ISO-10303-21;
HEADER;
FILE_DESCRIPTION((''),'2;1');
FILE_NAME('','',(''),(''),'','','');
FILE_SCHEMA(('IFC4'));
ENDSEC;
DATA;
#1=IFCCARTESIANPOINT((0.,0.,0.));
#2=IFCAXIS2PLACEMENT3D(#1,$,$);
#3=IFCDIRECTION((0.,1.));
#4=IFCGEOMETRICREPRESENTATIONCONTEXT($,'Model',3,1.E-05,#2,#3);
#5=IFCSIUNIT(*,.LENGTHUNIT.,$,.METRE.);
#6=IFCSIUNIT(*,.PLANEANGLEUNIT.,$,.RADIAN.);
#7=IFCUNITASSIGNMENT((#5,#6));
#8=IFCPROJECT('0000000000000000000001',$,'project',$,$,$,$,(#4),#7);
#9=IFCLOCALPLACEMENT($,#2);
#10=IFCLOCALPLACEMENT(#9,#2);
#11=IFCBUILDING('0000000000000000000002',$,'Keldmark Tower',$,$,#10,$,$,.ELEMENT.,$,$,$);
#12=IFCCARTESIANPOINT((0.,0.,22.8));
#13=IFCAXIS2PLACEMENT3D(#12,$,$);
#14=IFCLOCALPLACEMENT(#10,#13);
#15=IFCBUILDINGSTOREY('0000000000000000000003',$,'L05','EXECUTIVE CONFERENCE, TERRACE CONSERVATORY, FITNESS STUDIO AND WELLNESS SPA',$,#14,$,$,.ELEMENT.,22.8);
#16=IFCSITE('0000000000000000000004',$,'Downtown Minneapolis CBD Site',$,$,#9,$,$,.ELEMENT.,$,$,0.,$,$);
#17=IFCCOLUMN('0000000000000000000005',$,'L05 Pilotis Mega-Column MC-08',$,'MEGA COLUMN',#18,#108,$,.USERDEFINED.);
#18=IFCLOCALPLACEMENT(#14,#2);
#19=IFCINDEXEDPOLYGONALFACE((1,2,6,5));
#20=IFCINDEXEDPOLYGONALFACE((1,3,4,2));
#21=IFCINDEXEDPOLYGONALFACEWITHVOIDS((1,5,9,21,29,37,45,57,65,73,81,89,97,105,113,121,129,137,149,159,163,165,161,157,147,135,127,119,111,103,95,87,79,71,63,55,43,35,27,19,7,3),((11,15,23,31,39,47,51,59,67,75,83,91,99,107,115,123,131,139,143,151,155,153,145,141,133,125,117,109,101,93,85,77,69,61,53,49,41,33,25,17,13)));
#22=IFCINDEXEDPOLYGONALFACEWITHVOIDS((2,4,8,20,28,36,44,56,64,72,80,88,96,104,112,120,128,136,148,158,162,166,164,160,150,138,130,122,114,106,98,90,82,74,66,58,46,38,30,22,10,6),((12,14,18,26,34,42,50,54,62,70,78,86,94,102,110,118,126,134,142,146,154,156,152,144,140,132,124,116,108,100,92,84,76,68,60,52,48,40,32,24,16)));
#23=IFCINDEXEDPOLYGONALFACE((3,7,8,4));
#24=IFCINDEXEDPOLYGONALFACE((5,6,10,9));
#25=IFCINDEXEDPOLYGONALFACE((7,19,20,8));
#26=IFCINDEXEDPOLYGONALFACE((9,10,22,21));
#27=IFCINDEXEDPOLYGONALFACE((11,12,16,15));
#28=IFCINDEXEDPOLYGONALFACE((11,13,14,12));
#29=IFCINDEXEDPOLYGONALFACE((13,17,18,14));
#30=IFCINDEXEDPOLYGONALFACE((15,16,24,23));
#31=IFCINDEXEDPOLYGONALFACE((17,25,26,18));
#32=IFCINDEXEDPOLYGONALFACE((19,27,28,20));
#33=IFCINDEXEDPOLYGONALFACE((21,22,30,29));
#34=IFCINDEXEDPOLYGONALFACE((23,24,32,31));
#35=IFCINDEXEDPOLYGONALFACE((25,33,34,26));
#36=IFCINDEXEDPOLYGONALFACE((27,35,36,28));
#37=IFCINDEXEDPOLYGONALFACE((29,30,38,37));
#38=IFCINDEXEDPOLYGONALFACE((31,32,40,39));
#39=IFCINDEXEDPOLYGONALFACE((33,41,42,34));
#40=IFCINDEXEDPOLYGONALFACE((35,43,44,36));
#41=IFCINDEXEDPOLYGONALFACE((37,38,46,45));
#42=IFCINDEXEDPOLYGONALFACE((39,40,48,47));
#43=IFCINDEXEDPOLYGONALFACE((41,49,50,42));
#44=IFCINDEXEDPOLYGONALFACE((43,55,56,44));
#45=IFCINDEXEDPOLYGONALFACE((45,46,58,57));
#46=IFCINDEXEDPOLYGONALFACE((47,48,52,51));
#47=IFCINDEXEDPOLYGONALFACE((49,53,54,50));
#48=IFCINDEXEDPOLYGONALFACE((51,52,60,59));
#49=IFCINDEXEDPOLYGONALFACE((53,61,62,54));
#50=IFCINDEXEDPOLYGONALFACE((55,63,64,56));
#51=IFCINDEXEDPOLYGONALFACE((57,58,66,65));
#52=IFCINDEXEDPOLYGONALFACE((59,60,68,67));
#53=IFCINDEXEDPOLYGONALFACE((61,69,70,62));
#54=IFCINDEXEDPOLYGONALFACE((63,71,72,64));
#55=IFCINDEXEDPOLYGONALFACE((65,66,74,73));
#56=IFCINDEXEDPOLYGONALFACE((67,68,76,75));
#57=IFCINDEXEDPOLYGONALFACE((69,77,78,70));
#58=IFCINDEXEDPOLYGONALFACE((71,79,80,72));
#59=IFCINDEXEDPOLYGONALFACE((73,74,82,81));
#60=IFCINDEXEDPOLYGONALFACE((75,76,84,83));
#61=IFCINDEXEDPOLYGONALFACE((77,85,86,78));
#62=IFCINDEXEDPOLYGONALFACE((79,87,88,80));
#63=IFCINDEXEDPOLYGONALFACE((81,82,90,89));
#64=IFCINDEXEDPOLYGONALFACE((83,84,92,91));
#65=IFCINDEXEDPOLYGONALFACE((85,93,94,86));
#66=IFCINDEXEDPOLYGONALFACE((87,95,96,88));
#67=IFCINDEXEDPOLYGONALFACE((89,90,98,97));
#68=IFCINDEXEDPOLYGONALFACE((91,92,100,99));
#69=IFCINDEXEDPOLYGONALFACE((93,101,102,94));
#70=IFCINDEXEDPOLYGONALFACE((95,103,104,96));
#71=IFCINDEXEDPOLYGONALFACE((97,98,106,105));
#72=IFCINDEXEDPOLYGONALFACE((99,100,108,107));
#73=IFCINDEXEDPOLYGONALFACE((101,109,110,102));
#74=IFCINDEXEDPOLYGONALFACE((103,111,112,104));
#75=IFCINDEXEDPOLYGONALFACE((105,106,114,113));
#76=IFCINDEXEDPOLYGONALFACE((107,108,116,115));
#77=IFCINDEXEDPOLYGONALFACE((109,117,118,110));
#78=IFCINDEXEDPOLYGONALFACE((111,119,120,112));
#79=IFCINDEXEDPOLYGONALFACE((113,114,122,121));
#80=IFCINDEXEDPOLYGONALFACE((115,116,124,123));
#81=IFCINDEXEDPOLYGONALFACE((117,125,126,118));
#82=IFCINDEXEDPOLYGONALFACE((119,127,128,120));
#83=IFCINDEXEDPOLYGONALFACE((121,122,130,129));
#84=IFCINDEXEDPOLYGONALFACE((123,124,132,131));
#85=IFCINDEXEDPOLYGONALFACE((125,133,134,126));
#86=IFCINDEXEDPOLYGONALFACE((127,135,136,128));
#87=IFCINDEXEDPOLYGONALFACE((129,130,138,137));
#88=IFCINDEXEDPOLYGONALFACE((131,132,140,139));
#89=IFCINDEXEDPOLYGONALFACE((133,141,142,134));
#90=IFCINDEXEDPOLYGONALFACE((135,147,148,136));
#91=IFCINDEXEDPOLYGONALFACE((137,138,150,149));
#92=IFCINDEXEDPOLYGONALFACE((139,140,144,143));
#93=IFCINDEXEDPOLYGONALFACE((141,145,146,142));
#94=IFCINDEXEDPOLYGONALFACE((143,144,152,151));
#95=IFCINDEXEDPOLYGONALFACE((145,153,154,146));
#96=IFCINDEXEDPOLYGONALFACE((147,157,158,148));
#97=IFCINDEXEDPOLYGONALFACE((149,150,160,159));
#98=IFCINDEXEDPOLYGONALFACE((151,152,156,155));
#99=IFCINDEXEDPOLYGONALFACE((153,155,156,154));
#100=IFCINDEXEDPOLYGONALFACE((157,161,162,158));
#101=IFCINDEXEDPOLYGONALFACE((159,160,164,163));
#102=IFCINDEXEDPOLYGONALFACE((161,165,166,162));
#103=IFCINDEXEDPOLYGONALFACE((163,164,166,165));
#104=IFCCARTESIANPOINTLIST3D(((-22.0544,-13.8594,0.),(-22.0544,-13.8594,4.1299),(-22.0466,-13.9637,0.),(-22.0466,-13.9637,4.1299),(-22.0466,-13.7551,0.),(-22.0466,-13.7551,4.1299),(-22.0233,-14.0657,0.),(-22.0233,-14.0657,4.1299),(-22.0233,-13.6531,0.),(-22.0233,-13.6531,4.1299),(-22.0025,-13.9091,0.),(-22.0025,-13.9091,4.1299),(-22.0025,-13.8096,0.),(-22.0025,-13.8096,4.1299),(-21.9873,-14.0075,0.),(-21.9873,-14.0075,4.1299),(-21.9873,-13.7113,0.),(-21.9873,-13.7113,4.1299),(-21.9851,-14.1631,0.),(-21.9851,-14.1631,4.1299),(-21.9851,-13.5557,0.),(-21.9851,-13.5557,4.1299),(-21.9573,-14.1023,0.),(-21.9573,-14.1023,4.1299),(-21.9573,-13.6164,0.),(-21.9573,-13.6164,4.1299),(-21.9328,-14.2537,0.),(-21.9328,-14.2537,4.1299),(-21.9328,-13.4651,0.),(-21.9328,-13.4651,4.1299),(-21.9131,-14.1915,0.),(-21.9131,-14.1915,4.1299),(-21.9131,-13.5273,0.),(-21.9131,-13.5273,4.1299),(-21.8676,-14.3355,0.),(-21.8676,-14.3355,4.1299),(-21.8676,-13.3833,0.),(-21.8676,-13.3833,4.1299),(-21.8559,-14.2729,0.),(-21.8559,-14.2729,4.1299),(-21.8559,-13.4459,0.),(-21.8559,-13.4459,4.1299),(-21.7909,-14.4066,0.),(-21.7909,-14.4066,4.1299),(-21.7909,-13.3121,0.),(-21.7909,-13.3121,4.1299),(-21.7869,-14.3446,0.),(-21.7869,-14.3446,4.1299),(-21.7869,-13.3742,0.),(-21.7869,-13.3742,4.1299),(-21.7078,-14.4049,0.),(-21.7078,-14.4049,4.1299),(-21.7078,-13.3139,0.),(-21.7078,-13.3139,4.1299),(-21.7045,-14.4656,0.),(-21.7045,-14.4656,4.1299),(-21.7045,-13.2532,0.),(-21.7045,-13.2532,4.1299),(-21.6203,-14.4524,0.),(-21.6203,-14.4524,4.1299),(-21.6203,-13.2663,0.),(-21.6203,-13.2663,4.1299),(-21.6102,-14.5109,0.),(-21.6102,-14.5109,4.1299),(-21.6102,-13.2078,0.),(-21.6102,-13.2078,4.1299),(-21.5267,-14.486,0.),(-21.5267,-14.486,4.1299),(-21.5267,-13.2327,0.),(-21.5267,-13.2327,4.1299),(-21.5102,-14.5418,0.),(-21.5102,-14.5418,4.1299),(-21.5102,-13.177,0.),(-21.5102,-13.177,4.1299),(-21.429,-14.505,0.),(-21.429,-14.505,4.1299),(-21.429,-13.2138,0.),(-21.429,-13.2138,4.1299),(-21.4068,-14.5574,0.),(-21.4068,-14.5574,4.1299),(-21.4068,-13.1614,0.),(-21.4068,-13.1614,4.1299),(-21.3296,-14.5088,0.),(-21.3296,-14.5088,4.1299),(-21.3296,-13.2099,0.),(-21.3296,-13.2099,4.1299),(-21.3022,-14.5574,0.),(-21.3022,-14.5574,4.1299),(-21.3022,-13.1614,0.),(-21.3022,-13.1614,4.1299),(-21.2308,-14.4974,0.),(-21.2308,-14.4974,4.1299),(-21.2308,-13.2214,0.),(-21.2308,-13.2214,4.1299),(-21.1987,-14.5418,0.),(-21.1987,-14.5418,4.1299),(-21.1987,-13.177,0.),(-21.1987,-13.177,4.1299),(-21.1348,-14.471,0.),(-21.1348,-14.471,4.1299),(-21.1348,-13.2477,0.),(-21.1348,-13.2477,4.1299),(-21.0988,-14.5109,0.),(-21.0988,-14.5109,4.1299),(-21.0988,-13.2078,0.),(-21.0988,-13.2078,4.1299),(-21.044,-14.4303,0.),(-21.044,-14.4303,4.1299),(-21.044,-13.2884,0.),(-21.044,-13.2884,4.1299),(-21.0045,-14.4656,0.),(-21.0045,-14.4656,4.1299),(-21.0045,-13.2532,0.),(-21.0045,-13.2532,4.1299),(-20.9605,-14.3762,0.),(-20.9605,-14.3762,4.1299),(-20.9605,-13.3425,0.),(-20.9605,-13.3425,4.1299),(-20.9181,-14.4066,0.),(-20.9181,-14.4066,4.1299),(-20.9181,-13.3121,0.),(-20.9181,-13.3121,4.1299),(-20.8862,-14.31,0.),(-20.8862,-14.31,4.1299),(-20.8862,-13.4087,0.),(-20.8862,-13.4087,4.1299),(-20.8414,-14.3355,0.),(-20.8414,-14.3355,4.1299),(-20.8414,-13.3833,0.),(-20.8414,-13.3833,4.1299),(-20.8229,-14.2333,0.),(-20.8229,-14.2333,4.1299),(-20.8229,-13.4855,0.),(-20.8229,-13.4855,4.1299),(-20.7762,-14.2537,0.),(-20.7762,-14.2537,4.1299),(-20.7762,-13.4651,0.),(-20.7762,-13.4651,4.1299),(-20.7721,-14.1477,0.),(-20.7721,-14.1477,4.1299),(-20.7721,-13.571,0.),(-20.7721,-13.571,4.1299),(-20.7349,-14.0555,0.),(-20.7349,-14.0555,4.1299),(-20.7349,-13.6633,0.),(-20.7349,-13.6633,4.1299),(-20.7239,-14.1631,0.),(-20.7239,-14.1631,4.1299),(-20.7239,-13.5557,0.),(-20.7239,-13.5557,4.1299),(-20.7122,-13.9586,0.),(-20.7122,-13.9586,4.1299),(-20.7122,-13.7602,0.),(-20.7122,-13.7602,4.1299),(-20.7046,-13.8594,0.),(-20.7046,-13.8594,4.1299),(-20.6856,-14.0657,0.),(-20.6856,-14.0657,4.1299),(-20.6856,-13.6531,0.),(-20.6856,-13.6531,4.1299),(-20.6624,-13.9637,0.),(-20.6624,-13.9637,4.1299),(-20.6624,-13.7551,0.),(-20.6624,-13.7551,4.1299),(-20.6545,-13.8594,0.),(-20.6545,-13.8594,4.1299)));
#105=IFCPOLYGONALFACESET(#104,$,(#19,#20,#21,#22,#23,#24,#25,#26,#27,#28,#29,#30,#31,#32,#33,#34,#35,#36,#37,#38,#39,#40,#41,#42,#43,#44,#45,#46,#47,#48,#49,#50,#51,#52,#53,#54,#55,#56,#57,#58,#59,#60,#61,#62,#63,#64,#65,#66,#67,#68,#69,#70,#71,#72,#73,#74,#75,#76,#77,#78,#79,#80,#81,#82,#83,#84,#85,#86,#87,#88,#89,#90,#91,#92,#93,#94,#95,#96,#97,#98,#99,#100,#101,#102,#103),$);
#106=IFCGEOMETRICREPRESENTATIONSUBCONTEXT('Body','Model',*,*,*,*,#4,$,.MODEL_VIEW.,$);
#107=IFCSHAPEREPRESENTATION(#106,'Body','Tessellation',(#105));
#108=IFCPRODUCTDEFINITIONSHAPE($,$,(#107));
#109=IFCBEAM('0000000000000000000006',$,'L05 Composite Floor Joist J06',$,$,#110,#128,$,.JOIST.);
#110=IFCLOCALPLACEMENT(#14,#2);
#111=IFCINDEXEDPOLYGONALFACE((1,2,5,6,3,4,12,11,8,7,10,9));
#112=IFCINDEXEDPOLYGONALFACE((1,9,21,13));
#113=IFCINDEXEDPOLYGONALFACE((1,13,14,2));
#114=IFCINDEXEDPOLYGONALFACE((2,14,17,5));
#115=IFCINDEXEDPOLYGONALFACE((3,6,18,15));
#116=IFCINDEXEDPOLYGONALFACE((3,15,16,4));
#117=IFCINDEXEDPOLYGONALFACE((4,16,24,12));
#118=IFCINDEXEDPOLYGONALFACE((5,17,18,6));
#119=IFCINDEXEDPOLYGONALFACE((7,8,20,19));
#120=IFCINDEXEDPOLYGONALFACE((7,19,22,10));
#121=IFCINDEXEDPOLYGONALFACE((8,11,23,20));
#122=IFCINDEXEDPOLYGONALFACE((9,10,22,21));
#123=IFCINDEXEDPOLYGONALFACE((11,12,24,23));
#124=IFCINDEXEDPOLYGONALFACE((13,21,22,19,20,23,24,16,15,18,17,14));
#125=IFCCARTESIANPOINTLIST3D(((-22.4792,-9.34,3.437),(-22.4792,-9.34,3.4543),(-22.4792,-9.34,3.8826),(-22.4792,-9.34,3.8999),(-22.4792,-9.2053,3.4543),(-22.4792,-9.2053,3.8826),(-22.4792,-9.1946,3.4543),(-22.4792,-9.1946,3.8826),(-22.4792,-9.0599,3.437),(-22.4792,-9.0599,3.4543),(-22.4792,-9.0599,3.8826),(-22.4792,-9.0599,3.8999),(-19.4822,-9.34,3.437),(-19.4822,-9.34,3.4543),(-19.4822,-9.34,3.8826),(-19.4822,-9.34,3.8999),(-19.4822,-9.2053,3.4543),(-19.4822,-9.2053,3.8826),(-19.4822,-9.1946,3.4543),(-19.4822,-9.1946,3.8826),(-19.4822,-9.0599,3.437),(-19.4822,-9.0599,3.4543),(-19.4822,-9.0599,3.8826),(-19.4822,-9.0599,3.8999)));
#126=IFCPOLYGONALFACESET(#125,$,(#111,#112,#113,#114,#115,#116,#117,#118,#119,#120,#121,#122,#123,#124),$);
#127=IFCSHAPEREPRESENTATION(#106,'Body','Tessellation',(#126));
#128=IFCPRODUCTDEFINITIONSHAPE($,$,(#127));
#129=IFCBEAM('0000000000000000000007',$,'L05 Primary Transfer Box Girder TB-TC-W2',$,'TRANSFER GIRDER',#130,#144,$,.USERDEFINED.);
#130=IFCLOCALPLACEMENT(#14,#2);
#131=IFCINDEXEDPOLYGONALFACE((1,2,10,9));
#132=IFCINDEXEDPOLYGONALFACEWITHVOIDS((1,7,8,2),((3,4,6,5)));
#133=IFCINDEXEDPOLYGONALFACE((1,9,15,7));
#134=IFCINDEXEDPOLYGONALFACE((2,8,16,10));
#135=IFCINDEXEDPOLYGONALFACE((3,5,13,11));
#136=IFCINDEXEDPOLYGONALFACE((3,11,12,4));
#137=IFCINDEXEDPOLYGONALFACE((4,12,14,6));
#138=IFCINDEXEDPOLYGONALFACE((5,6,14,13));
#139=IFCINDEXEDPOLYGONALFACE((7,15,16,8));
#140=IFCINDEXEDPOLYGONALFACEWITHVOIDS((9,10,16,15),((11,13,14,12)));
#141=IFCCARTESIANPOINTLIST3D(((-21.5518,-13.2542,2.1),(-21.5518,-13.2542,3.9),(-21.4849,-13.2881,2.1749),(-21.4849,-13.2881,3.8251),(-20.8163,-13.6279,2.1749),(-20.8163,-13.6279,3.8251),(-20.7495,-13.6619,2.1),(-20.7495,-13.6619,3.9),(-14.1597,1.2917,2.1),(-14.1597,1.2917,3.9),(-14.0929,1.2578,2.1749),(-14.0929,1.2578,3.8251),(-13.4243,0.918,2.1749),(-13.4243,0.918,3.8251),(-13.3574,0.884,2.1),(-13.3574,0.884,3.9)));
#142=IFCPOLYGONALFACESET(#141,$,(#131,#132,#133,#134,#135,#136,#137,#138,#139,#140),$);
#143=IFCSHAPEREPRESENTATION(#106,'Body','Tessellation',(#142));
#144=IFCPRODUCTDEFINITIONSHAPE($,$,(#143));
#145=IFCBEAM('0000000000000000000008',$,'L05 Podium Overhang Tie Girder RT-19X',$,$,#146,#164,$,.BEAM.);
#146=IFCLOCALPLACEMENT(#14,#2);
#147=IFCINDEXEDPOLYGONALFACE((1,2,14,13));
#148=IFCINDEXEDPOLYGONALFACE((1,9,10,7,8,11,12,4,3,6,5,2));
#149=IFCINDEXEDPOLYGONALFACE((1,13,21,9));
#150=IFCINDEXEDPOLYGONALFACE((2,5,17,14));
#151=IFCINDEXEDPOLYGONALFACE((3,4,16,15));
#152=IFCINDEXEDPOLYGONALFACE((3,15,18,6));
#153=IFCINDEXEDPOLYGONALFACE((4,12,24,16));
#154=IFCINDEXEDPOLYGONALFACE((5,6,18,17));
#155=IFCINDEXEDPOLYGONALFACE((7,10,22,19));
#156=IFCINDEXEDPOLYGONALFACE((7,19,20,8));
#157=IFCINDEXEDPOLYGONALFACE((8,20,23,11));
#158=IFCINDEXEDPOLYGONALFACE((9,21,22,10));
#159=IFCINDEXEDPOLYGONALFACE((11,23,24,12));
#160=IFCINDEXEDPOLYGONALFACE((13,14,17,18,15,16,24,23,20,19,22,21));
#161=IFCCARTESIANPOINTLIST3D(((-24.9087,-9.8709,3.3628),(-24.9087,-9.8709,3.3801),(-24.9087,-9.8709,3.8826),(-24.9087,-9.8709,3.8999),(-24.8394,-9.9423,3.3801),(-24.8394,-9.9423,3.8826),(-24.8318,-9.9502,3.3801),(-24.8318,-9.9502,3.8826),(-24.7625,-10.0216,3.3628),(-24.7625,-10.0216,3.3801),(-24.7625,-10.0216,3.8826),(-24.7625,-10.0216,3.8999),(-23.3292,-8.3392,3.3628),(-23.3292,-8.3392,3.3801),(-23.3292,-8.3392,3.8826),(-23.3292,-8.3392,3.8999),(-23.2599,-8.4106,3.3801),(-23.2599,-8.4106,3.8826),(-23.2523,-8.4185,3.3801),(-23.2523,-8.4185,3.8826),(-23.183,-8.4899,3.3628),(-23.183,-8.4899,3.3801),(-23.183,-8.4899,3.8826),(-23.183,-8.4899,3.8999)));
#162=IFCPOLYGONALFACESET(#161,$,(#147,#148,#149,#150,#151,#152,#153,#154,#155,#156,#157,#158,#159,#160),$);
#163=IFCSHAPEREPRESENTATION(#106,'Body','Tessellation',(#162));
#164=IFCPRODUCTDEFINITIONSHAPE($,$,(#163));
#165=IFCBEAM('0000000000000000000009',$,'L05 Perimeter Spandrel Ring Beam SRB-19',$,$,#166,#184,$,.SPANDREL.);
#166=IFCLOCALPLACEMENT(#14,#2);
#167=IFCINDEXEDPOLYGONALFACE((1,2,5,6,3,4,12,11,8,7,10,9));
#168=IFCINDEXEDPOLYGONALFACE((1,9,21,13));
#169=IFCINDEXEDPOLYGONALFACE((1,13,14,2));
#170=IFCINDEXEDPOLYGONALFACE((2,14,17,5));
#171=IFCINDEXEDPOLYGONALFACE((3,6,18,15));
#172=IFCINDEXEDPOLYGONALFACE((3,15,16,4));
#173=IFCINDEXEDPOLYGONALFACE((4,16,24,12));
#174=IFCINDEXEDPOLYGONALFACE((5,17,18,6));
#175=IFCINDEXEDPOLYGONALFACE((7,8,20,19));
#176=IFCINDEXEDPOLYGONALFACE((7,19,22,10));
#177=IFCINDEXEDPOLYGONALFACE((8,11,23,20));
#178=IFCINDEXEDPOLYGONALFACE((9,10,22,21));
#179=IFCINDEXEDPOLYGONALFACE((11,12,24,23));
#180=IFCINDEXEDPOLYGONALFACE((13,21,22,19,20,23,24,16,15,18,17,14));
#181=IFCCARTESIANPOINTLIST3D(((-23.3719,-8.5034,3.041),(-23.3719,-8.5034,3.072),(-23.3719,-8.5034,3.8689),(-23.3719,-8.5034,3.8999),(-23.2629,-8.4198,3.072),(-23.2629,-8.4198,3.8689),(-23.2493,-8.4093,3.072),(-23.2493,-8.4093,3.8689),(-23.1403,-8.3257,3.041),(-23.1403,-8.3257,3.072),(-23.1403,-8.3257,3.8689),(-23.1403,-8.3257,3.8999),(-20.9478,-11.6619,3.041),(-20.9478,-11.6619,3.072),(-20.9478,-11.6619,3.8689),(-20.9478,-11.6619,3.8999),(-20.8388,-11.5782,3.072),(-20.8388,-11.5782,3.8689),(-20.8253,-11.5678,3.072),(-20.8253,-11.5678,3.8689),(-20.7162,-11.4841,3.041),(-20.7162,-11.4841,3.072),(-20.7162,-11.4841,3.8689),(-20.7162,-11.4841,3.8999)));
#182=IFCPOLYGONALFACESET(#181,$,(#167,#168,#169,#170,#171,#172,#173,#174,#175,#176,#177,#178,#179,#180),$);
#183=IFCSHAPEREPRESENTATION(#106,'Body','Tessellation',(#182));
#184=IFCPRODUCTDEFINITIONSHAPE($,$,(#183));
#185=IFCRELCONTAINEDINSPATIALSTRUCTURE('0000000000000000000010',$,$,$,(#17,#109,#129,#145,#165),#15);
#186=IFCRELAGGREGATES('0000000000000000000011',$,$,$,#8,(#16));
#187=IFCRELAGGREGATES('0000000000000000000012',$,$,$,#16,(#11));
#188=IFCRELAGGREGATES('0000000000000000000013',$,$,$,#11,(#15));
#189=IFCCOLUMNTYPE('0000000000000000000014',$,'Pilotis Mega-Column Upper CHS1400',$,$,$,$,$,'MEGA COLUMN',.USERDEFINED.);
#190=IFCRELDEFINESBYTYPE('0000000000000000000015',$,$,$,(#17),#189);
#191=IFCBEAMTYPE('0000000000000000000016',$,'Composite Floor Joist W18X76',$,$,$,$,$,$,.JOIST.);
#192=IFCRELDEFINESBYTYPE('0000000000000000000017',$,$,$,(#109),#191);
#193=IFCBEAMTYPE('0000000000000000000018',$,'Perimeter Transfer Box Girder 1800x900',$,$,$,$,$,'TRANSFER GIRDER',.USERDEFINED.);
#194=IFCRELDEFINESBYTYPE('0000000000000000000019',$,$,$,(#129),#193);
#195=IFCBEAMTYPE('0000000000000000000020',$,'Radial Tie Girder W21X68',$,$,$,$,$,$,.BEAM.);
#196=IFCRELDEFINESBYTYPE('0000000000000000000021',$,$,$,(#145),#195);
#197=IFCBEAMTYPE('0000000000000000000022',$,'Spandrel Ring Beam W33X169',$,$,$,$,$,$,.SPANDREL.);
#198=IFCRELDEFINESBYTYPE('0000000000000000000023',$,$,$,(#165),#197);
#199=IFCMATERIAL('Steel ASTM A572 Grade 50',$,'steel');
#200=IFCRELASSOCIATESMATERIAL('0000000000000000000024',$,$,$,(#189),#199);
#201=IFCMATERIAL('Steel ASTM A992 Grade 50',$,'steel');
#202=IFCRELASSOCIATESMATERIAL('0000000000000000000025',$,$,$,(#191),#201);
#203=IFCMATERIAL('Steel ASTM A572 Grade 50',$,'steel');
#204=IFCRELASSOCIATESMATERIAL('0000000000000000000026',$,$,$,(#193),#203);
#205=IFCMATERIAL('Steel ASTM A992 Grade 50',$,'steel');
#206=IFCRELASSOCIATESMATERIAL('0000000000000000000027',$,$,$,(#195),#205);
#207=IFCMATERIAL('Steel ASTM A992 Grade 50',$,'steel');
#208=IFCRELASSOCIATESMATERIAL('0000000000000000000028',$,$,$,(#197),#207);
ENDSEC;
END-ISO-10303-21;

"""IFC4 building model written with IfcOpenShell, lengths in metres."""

from ifc_helpers import new_model, si_unit, direction, frame, origin, origin_2d, place, context, subcontext, project, spatial, hollow_rectangle, hollow_circle, i_section, extrude, material, material_profile, profile_set, type_object, element, save


model = new_model("IFC4")

# Units and contexts
model_context = context("Model", 3, precision=1e-05, world=origin(), true_north=direction((0.0, 1.0)))
body_context = subcontext(model_context, "Body", "Model", "MODEL_VIEW")
ifc_project = project(units=[si_unit("LENGTHUNIT", "METRE"), si_unit("PLANEANGLEUNIT", "RADIAN")], contexts=[model_context])

# Site, building, storey
site_placement = place(None, origin())
site = spatial("IfcSite", under=ifc_project, at=site_placement, Name="Downtown Minneapolis CBD Site", CompositionType="ELEMENT", RefElevation=0.0)
building_placement = place(site_placement, origin())
building = spatial("IfcBuilding", under=site, at=building_placement, Name="Keldmark Tower", CompositionType="ELEMENT")
storey_placement = place(building_placement, frame((0.0, 0.0, 22.8)))
storey = spatial("IfcBuildingStorey", under=building, at=storey_placement, Name="L05", Description="EXECUTIVE CONFERENCE, TERRACE CONSERVATORY, FITNESS STUDIO AND WELLNESS SPA", CompositionType="ELEMENT", Elevation=22.8)

# Column
ifc_material_1 = material(Name="Steel ASTM A572 Grade 50", Category="steel")
ifc_material_profile_1 = material_profile(ifc_material_1, hollow_circle(Radius=0.7, WallThickness=0.05, at=origin_2d()), Name="CHS1400X50")
ifc_profile_set_1 = profile_set([ifc_material_profile_1], Name="Steel ASTM A572 Grade 50")
column_type = type_object("IfcColumnType", Name="Pilotis Mega-Column Upper CHS1400", ElementType="MEGA COLUMN", PredefinedType="USERDEFINED", material=ifc_profile_set_1)
column_placement = place(storey_placement, frame((-21.3545, -13.8594, 0.0), z_axis=(0.0, 0.0, 1.0), x_axis=(1.0, 0.0, 0.0)))
element("IfcColumn", 1, at=column_placement, inside=storey, type_object=column_type, Name="L05 Pilotis Mega-Column MC-08", ObjectType="MEGA COLUMN", PredefinedType="USERDEFINED", context=body_context, shape_type="SweptSolid", body=[
    extrude(hollow_circle(Radius=0.7, WallThickness=0.05, at=origin_2d()), origin(), (0.0, 0.0, 1.0), 4.1299),
])

# Beams
ifc_material_2 = material(Name="Steel ASTM A992 Grade 50", Category="steel")
ifc_material_profile_2 = material_profile(ifc_material_2, i_section(OverallWidth=0.28, OverallDepth=0.4629, WebThickness=0.0107, FlangeThickness=0.0173, at=origin_2d()), Name="W18X76")
ifc_profile_set_2 = profile_set([ifc_material_profile_2], Name="Steel ASTM A992 Grade 50")
beam_type_1 = type_object("IfcBeamType", Name="Composite Floor Joist W18X76", PredefinedType="JOIST", material=ifc_profile_set_2)
beam_1_placement = place(storey_placement, frame((-22.4792, -9.2, 3.6685), z_axis=(1.0, 0.0, 0.0), x_axis=(0.0, 1.0, 0.0)))
element("IfcBeam", 2, at=beam_1_placement, inside=storey, type_object=beam_type_1, Name="L05 Composite Floor Joist J06", PredefinedType="JOIST", context=body_context, shape_type="SweptSolid", body=[
    extrude(i_section(OverallWidth=0.28, OverallDepth=0.4629, WebThickness=0.0107, FlangeThickness=0.0173, at=origin_2d()), origin(), (0.0, 0.0, 1.0), 2.9971),
])
ifc_material_3 = material(Name="Steel ASTM A572 Grade 50", Category="steel")
ifc_material_profile_3 = material_profile(ifc_material_3, hollow_rectangle(XDim=0.8999, YDim=1.8, WallThickness=0.075, at=origin_2d()), Name="TBOX1800X900X75")
ifc_profile_set_3 = profile_set([ifc_material_profile_3], Name="Steel ASTM A572 Grade 50")
beam_type_2 = type_object("IfcBeamType", Name="Perimeter Transfer Box Girder 1800x900", ElementType="TRANSFER GIRDER", PredefinedType="USERDEFINED", material=ifc_profile_set_3)
beam_2_placement = place(storey_placement, frame((-21.1506, -13.458, 3.0), z_axis=(0.453046, 0.891487, 0.0), x_axis=(-0.891487, 0.453046, 0.0)))
element("IfcBeam", 3, at=beam_2_placement, inside=storey, type_object=beam_type_2, Name="L05 Primary Transfer Box Girder TB-TC-W2", ObjectType="TRANSFER GIRDER", PredefinedType="USERDEFINED", context=body_context, shape_type="SweptSolid", body=[
    extrude(hollow_rectangle(XDim=0.8999, YDim=1.8, WallThickness=0.075, at=origin_2d()), origin(), (0.0, 0.0, 1.0), 16.3164),
])
ifc_material_4 = material(Name="Steel ASTM A992 Grade 50", Category="steel")
ifc_material_profile_4 = material_profile(ifc_material_4, i_section(OverallWidth=0.21, OverallDepth=0.5371, WebThickness=0.011, FlangeThickness=0.0173, at=origin_2d()), Name="W21X68")
ifc_profile_set_4 = profile_set([ifc_material_profile_4], Name="Steel ASTM A992 Grade 50")
beam_type_3 = type_object("IfcBeamType", Name="Radial Tie Girder W21X68", PredefinedType="BEAM", material=ifc_profile_set_4)
beam_3_placement = place(storey_placement, frame((-23.2561, -8.4146, 3.6313), z_axis=(-0.717897, -0.696149, 0.0), x_axis=(0.696149, -0.717897, 0.0)))
element("IfcBeam", 4, at=beam_3_placement, inside=storey, type_object=beam_type_3, Name="L05 Podium Overhang Tie Girder RT-19X", PredefinedType="BEAM", context=body_context, shape_type="SweptSolid", body=[
    extrude(i_section(OverallWidth=0.21, OverallDepth=0.5371, WebThickness=0.011, FlangeThickness=0.0173, at=origin_2d()), origin(), (0.0, 0.0, 1.0), 2.2002),
])
ifc_material_5 = material(Name="Steel ASTM A992 Grade 50", Category="steel")
ifc_material_profile_5 = material_profile(ifc_material_5, i_section(OverallWidth=0.292, OverallDepth=0.8589, WebThickness=0.0171, FlangeThickness=0.031, at=origin_2d()), Name="W33X169")
ifc_profile_set_5 = profile_set([ifc_material_profile_5], Name="Steel ASTM A992 Grade 50")
beam_type_4 = type_object("IfcBeamType", Name="Spandrel Ring Beam W33X169", PredefinedType="SPANDREL", material=ifc_profile_set_5)
beam_4_placement = place(storey_placement, frame((-23.2561, -8.4146, 3.4705), z_axis=(0.608842, -0.793291, 0.0), x_axis=(0.793291, 0.608842, 0.0)))
element("IfcBeam", 5, at=beam_4_placement, inside=storey, type_object=beam_type_4, Name="L05 Perimeter Spandrel Ring Beam SRB-19", PredefinedType="SPANDREL", context=body_context, shape_type="SweptSolid", body=[
    extrude(i_section(OverallWidth=0.292, OverallDepth=0.8589, WebThickness=0.0171, FlangeThickness=0.031, at=origin_2d()), origin(), (0.0, 0.0, 1.0), 3.9814),
])

save(model, "model.ifc")
